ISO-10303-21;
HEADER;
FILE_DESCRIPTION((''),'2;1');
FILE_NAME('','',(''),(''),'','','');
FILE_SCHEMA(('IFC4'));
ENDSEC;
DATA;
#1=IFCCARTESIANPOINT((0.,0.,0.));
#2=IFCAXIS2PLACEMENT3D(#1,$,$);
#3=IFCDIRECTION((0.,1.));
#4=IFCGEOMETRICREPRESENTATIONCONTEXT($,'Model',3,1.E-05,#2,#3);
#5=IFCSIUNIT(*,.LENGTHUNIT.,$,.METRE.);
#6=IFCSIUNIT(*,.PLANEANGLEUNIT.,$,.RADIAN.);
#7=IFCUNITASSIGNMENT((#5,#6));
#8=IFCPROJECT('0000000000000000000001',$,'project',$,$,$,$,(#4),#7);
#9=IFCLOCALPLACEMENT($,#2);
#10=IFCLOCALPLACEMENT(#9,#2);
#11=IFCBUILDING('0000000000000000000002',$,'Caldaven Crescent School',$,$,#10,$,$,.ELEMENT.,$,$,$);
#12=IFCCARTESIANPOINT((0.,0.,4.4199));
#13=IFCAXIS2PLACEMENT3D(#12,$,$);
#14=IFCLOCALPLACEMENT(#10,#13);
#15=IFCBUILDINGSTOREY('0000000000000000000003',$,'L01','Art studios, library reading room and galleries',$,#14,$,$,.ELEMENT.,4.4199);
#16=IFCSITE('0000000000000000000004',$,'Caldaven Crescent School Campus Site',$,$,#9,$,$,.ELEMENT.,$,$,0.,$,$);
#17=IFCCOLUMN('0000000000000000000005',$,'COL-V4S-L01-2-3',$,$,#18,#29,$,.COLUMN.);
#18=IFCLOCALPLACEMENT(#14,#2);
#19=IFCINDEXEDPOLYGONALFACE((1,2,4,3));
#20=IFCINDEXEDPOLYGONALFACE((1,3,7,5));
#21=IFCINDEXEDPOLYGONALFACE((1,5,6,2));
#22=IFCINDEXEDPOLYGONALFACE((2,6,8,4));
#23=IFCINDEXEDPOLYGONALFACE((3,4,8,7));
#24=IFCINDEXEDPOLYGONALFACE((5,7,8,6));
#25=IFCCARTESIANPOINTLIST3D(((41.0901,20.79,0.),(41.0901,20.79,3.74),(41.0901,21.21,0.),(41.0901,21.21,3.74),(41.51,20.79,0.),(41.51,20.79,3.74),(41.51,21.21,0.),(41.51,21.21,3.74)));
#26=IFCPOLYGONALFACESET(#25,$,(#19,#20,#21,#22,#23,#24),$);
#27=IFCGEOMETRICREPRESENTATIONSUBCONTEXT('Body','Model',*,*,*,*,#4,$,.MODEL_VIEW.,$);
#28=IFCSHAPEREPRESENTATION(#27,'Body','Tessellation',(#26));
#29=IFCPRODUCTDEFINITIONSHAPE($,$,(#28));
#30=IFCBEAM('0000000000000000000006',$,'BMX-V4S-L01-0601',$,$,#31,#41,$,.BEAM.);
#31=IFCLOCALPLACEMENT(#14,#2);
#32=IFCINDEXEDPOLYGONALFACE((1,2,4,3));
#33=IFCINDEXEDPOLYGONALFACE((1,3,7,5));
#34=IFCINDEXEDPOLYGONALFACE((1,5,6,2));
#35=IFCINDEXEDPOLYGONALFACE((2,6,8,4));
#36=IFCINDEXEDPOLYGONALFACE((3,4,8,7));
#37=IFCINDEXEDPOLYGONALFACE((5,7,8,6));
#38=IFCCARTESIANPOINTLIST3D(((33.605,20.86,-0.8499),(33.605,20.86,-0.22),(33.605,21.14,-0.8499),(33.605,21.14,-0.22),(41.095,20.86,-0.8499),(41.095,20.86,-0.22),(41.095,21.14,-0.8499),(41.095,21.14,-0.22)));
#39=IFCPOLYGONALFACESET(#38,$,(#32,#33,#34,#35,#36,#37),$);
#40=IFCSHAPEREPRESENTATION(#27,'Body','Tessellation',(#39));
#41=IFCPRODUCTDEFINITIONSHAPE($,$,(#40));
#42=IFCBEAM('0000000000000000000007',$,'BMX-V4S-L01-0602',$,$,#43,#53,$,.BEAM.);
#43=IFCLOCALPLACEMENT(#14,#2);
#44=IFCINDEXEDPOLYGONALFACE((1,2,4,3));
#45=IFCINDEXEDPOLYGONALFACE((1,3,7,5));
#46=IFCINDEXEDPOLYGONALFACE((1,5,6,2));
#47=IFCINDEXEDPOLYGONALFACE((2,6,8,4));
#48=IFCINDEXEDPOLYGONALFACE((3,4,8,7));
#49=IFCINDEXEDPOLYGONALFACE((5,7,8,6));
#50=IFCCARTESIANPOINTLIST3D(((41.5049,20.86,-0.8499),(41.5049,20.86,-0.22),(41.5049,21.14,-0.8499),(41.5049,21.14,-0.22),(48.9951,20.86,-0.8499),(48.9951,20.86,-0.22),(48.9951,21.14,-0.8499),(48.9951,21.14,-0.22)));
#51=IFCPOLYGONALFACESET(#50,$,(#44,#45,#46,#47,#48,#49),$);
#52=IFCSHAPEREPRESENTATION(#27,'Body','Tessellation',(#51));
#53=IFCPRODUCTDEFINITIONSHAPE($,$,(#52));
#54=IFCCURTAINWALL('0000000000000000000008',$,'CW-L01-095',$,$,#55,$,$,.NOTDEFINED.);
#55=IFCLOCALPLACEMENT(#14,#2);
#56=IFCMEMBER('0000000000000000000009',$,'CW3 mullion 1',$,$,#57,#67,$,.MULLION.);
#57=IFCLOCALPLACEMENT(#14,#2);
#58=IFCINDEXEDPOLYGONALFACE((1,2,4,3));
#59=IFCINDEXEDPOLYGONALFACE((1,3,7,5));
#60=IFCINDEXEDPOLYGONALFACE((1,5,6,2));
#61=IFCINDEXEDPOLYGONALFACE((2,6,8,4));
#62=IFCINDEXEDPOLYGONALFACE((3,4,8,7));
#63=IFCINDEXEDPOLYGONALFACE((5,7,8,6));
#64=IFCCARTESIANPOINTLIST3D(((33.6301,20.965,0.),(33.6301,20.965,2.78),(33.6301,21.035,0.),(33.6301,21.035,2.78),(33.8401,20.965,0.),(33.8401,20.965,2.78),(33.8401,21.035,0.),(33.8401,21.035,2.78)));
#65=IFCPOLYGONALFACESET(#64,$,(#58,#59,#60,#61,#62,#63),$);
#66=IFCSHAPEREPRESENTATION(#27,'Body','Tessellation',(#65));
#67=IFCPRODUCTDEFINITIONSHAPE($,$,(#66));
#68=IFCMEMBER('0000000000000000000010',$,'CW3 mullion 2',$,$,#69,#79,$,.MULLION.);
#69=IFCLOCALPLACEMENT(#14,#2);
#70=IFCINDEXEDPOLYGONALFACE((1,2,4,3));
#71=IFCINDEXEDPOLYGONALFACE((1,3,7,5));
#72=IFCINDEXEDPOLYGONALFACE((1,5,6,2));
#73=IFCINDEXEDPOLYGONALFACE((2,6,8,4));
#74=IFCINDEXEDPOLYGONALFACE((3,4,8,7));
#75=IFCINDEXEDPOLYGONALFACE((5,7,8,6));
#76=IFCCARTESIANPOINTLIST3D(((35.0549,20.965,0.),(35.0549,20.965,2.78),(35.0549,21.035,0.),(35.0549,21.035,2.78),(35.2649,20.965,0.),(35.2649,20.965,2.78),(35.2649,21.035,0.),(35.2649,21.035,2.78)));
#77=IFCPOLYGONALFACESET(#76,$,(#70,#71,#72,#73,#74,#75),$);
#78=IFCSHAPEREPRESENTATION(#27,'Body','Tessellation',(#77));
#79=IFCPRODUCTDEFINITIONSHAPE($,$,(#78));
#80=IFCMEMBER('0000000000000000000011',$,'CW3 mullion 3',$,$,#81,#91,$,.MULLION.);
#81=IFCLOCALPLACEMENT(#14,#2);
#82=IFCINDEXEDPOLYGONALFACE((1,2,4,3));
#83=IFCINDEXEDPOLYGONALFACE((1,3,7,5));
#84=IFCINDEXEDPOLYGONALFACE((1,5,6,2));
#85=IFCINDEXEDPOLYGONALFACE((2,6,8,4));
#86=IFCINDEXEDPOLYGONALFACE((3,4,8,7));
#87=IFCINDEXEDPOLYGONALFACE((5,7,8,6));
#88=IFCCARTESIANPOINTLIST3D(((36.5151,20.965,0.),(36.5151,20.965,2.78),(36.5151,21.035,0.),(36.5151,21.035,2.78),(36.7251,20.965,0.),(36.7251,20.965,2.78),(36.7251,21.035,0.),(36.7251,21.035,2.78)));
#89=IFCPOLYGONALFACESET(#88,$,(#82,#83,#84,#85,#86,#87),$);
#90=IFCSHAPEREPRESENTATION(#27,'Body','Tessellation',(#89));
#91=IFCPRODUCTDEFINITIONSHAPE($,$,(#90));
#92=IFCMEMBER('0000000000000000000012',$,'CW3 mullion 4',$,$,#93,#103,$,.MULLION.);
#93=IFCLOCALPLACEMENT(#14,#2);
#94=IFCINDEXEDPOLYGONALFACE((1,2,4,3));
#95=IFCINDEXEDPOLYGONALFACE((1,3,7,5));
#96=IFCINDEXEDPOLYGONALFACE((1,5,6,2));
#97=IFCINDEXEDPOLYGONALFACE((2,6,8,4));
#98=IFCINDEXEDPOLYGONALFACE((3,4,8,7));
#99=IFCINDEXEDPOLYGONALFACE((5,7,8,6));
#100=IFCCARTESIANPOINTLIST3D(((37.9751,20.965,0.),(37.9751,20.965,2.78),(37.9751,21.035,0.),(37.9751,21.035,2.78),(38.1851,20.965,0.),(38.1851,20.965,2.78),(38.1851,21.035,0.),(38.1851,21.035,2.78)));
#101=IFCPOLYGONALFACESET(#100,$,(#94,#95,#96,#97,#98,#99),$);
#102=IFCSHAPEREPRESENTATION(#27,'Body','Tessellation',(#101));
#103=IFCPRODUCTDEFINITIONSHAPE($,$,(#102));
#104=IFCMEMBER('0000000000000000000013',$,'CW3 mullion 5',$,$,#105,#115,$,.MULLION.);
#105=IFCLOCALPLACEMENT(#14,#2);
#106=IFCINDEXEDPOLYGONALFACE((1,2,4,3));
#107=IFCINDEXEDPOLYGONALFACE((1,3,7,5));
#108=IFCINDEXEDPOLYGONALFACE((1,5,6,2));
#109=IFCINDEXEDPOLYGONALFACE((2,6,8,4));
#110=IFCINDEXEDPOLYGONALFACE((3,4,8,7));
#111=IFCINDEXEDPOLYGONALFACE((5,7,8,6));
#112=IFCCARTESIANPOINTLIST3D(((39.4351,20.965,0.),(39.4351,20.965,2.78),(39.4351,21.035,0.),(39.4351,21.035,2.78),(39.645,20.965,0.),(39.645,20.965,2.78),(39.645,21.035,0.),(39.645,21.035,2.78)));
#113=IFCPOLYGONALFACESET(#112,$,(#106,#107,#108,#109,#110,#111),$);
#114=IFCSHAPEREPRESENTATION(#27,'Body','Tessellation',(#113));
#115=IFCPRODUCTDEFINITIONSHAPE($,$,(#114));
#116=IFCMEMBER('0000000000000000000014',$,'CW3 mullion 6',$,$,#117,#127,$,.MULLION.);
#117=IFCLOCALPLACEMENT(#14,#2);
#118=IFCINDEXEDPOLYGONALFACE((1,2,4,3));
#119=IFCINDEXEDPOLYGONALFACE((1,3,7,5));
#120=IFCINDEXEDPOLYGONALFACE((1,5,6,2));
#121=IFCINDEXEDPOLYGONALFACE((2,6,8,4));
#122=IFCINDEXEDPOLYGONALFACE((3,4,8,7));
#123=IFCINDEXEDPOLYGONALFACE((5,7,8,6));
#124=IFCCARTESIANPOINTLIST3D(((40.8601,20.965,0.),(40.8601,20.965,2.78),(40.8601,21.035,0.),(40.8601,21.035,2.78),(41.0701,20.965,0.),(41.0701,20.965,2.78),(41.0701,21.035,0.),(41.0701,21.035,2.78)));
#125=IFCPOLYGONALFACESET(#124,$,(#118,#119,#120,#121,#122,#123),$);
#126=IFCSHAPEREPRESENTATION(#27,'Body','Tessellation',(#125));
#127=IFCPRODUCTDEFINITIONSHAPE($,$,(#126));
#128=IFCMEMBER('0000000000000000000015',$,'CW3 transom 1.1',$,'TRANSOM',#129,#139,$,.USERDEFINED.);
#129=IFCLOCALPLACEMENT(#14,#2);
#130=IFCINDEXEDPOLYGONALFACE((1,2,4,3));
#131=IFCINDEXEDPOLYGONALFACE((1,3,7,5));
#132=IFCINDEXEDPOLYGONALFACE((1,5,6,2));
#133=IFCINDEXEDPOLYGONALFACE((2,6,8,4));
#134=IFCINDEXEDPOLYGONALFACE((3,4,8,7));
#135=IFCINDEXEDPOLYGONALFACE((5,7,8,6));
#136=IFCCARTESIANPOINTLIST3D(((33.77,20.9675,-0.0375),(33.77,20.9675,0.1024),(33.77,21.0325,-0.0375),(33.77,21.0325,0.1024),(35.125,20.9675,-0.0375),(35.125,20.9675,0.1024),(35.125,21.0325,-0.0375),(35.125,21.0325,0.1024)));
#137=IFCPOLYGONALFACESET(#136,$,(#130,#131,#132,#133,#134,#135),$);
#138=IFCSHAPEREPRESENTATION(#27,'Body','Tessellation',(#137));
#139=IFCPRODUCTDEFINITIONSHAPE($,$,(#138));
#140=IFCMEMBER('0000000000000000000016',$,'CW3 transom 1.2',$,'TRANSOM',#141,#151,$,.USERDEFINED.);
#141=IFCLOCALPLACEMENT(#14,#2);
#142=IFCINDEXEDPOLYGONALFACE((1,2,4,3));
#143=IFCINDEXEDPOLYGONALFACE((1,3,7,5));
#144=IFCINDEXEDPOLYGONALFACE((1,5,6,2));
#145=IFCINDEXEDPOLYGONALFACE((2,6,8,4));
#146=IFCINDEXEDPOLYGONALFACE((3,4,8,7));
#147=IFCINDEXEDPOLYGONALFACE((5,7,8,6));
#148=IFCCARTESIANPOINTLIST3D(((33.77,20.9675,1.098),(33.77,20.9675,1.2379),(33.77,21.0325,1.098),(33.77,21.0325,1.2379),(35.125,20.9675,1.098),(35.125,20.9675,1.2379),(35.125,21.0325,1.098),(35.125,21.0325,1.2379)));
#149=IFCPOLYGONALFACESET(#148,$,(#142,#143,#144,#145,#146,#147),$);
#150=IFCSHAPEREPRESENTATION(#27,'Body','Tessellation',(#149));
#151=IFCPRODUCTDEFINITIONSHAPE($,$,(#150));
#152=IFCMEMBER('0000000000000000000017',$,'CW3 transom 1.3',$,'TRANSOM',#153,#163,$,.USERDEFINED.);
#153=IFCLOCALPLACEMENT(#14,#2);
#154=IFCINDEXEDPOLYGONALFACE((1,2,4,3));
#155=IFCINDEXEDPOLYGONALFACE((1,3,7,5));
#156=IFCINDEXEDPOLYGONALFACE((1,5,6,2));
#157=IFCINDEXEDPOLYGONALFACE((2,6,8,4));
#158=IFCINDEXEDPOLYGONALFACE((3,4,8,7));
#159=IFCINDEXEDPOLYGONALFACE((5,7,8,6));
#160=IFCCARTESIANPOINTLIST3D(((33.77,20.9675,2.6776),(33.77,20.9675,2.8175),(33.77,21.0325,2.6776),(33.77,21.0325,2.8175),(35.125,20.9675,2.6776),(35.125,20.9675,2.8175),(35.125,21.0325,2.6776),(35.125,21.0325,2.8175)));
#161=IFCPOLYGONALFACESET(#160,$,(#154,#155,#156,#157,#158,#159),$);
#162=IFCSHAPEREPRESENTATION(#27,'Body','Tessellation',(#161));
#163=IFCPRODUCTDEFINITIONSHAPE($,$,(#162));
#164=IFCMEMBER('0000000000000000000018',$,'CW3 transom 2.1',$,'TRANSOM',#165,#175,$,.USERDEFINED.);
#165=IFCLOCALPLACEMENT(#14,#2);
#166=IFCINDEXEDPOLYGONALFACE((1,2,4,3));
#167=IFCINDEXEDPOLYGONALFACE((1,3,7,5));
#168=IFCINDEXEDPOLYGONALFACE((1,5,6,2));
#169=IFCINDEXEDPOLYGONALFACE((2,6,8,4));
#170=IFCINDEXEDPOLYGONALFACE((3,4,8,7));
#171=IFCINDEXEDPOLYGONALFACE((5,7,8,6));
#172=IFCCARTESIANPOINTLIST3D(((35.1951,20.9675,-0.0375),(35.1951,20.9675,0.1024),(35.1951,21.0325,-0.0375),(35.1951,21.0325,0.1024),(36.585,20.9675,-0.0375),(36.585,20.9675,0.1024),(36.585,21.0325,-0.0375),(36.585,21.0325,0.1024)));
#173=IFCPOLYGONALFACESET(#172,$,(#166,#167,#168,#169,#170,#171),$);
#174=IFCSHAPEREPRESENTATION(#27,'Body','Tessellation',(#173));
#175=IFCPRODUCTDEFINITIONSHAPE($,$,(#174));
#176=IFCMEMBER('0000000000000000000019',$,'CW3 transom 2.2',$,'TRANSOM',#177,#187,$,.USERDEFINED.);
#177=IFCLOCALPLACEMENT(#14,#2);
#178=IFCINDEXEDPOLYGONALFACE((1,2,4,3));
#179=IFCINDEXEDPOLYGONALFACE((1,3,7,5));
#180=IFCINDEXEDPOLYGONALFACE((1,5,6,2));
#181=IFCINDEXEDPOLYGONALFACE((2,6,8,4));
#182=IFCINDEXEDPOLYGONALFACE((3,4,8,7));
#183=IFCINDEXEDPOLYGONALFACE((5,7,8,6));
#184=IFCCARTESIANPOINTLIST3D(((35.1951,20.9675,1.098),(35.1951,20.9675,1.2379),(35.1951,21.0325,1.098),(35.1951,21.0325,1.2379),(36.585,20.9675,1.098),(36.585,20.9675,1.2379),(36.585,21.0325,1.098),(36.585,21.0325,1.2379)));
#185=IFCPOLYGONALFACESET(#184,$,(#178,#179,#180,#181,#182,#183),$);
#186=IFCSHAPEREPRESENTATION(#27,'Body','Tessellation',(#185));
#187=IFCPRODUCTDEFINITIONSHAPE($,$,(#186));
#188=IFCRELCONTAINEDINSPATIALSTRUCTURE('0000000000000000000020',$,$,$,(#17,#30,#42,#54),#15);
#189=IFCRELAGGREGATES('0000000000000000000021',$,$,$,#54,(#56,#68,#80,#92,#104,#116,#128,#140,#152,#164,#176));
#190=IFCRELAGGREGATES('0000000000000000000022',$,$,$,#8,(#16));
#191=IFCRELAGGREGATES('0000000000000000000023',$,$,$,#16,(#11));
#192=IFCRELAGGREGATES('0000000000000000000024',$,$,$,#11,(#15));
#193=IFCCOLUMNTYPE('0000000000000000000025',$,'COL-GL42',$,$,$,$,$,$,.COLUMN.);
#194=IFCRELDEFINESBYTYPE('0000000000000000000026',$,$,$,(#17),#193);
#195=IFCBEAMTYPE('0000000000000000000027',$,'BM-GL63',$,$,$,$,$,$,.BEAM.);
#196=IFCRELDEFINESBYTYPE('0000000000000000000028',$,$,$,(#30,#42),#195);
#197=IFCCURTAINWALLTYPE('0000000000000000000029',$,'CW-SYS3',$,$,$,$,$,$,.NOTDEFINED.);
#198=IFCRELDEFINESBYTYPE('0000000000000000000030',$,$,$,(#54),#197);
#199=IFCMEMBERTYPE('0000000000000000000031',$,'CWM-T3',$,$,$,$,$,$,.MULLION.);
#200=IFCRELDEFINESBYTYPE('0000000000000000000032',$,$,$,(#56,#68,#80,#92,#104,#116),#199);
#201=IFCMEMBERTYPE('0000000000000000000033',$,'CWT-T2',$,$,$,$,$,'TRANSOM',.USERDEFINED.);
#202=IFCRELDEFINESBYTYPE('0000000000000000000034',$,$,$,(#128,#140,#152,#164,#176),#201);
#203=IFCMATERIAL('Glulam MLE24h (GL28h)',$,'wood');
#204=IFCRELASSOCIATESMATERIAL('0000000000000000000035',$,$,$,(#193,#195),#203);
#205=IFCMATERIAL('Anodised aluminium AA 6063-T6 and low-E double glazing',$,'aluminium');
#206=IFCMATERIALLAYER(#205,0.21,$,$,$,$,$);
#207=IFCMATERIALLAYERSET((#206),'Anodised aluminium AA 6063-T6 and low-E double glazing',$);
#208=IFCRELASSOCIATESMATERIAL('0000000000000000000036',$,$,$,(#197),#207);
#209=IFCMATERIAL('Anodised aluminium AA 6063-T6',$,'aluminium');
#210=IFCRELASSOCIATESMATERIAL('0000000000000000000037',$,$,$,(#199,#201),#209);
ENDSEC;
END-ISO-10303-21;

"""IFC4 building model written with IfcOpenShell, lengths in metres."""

from ifc_helpers import new_model, si_unit, direction, frame, origin, origin_2d, place, context, subcontext, project, spatial, rectangle, extrude, material, layer, layer_set, material_profile, profile_set, type_object, element, aggregate, save


model = new_model("IFC4")

# Units and contexts
model_context = context("Model", 3, precision=1e-05, world=origin(), true_north=direction((0.0, 1.0)))
body_context = subcontext(model_context, "Body", "Model", "MODEL_VIEW")
ifc_project = project(units=[si_unit("LENGTHUNIT", "METRE"), si_unit("PLANEANGLEUNIT", "RADIAN")], contexts=[model_context])

# Site, building, storey
site_placement = place(None, origin())
site = spatial("IfcSite", under=ifc_project, at=site_placement, Name="Caldaven Crescent School Campus Site", CompositionType="ELEMENT", RefElevation=0.0)
building_placement = place(site_placement, origin())
building = spatial("IfcBuilding", under=site, at=building_placement, Name="Caldaven Crescent School", CompositionType="ELEMENT")
storey_placement = place(building_placement, frame((0.0, 0.0, 4.4199)))
storey = spatial("IfcBuildingStorey", under=building, at=storey_placement, Name="L01", Description="Art studios, library reading room and galleries", CompositionType="ELEMENT", Elevation=4.4199)

# Column
ifc_material_1 = material(Name="Glulam MLE24h (GL28h)", Category="wood")
ifc_material_profile_1 = material_profile(ifc_material_1, rectangle(XDim=0.4199, YDim=0.4199, at=origin_2d()), Name="MLE 420x420")
ifc_profile_set_1 = profile_set([ifc_material_profile_1], Name="Glulam MLE24h (GL28h)")
column_type = type_object("IfcColumnType", Name="COL-GL42", PredefinedType="COLUMN", material=ifc_profile_set_1)
column_placement = place(storey_placement, frame((41.3, 21.0, 0.0), z_axis=(0.0, 0.0, 1.0), x_axis=(1.0, 0.0, 0.0)))
element("IfcColumn", 1, at=column_placement, inside=storey, type_object=column_type, Name="COL-V4S-L01-2-3", PredefinedType="COLUMN", context=body_context, shape_type="SweptSolid", body=[
    extrude(rectangle(XDim=0.4199, YDim=0.4199, at=origin_2d()), origin(), (0.0, 0.0, 1.0), 3.74),
])

# Beams
ifc_material_profile_2 = material_profile(ifc_material_1, rectangle(XDim=0.28, YDim=0.6299, at=origin_2d()), Name="MLE 280x630")
ifc_profile_set_2 = profile_set([ifc_material_profile_2], Name="Glulam MLE24h (GL28h)")
beam_type = type_object("IfcBeamType", Name="BM-GL63", PredefinedType="BEAM", material=ifc_profile_set_2)
beam_1_placement = place(storey_placement, frame((33.605, 21.0, -0.5349), z_axis=(1.0, 0.0, 0.0), x_axis=(0.0, 1.0, 0.0)))
element("IfcBeam", 2, at=beam_1_placement, inside=storey, type_object=beam_type, Name="BMX-V4S-L01-0601", PredefinedType="BEAM", context=body_context, shape_type="SweptSolid", body=[
    extrude(rectangle(XDim=0.28, YDim=0.6299, at=origin_2d()), origin(), (0.0, 0.0, 1.0), 7.49),
])
beam_2_placement = place(storey_placement, frame((41.5049, 21.0, -0.5349), z_axis=(1.0, 0.0, 0.0), x_axis=(0.0, 1.0, 0.0)))
element("IfcBeam", 3, at=beam_2_placement, inside=storey, type_object=beam_type, Name="BMX-V4S-L01-0602", PredefinedType="BEAM", context=body_context, shape_type="SweptSolid", body=[
    extrude(rectangle(XDim=0.28, YDim=0.6299, at=origin_2d()), origin(), (0.0, 0.0, 1.0), 7.4902),
])

# Curtain wall, members
ifc_material_2 = material(Name="Anodised aluminium AA 6063-T6 and low-E double glazing", Category="aluminium")
ifc_layer_1 = layer(ifc_material_2, 0.21)
ifc_layer_set_1 = layer_set([ifc_layer_1], Name="Anodised aluminium AA 6063-T6 and low-E double glazing")
curtain_wall_type = type_object("IfcCurtainWallType", Name="CW-SYS3", PredefinedType="NOTDEFINED", material=ifc_layer_set_1)
curtain_wall_placement = place(storey_placement, origin())
curtain_wall = element("IfcCurtainWall", 4, at=curtain_wall_placement, inside=storey, type_object=curtain_wall_type, Name="CW-L01-095", PredefinedType="NOTDEFINED")
ifc_material_3 = material(Name="Anodised aluminium AA 6063-T6", Category="aluminium")
ifc_material_profile_3 = material_profile(ifc_material_3, rectangle(XDim=0.0701, YDim=0.21, at=origin_2d()), Name="CWM 70x210")
ifc_profile_set_3 = profile_set([ifc_material_profile_3], Name="Anodised aluminium AA 6063-T6")
member_type_1 = type_object("IfcMemberType", Name="CWM-T3", PredefinedType="MULLION", material=ifc_profile_set_3)
member_1_placement = place(storey_placement, frame((33.7351, 21.0, 0.0), z_axis=(0.0, 0.0, 1.0), x_axis=(0.0, 1.0, 0.0)))
member_1 = element("IfcMember", 5, at=member_1_placement, type_object=member_type_1, Name="CW3 mullion 1", PredefinedType="MULLION", context=body_context, shape_type="SweptSolid", body=[
    extrude(rectangle(XDim=0.0701, YDim=0.21, at=origin_2d()), origin(), (0.0, 0.0, 1.0), 2.78),
])
member_2_placement = place(storey_placement, frame((35.1599, 21.0, 0.0), z_axis=(0.0, 0.0, 1.0), x_axis=(0.0, 1.0, 0.0)))
member_2 = element("IfcMember", 6, at=member_2_placement, type_object=member_type_1, Name="CW3 mullion 2", PredefinedType="MULLION", context=body_context, shape_type="SweptSolid", body=[
    extrude(rectangle(XDim=0.0701, YDim=0.21, at=origin_2d()), origin(), (0.0, 0.0, 1.0), 2.78),
])
member_3_placement = place(storey_placement, frame((36.6201, 21.0, 0.0), z_axis=(0.0, 0.0, 1.0), x_axis=(0.0, 1.0, 0.0)))
member_3 = element("IfcMember", 7, at=member_3_placement, type_object=member_type_1, Name="CW3 mullion 3", PredefinedType="MULLION", context=body_context, shape_type="SweptSolid", body=[
    extrude(rectangle(XDim=0.0701, YDim=0.21, at=origin_2d()), origin(), (0.0, 0.0, 1.0), 2.78),
])
member_4_placement = place(storey_placement, frame((38.0801, 21.0, 0.0), z_axis=(0.0, 0.0, 1.0), x_axis=(0.0, 1.0, 0.0)))
member_4 = element("IfcMember", 8, at=member_4_placement, type_object=member_type_1, Name="CW3 mullion 4", PredefinedType="MULLION", context=body_context, shape_type="SweptSolid", body=[
    extrude(rectangle(XDim=0.0701, YDim=0.21, at=origin_2d()), origin(), (0.0, 0.0, 1.0), 2.78),
])
member_5_placement = place(storey_placement, frame((39.54, 21.0, 0.0), z_axis=(0.0, 0.0, 1.0), x_axis=(0.0, 1.0, 0.0)))
member_5 = element("IfcMember", 9, at=member_5_placement, type_object=member_type_1, Name="CW3 mullion 5", PredefinedType="MULLION", context=body_context, shape_type="SweptSolid", body=[
    extrude(rectangle(XDim=0.0701, YDim=0.21, at=origin_2d()), origin(), (0.0, 0.0, 1.0), 2.78),
])
member_6_placement = place(storey_placement, frame((40.9651, 21.0, 0.0), z_axis=(0.0, 0.0, 1.0), x_axis=(0.0, 1.0, 0.0)))
member_6 = element("IfcMember", 10, at=member_6_placement, type_object=member_type_1, Name="CW3 mullion 6", PredefinedType="MULLION", context=body_context, shape_type="SweptSolid", body=[
    extrude(rectangle(XDim=0.0701, YDim=0.21, at=origin_2d()), origin(), (0.0, 0.0, 1.0), 2.78),
])
ifc_material_profile_4 = material_profile(ifc_material_3, rectangle(XDim=0.0649, YDim=0.1399, at=origin_2d()), Name="CWT 65x140")
ifc_profile_set_4 = profile_set([ifc_material_profile_4], Name="Anodised aluminium AA 6063-T6")
member_type_2 = type_object("IfcMemberType", Name="CWT-T2", ElementType="TRANSOM", PredefinedType="USERDEFINED", material=ifc_profile_set_4)
member_7_placement = place(storey_placement, frame((33.77, 21.0, 0.0325), z_axis=(1.0, 0.0, 0.0), x_axis=(0.0, 1.0, 0.0)))
member_7 = element("IfcMember", 11, at=member_7_placement, type_object=member_type_2, Name="CW3 transom 1.1", ObjectType="TRANSOM", PredefinedType="USERDEFINED", context=body_context, shape_type="SweptSolid", body=[
    extrude(rectangle(XDim=0.0649, YDim=0.1399, at=origin_2d()), origin(), (0.0, 0.0, 1.0), 1.355),
])
member_8_placement = place(storey_placement, frame((33.77, 21.0, 1.168), z_axis=(1.0, 0.0, 0.0), x_axis=(0.0, 1.0, 0.0)))
member_8 = element("IfcMember", 12, at=member_8_placement, type_object=member_type_2, Name="CW3 transom 1.2", ObjectType="TRANSOM", PredefinedType="USERDEFINED", context=body_context, shape_type="SweptSolid", body=[
    extrude(rectangle(XDim=0.0649, YDim=0.1399, at=origin_2d()), origin(), (0.0, 0.0, 1.0), 1.355),
])
member_9_placement = place(storey_placement, frame((33.77, 21.0, 2.7476), z_axis=(1.0, 0.0, 0.0), x_axis=(0.0, 1.0, 0.0)))
member_9 = element("IfcMember", 13, at=member_9_placement, type_object=member_type_2, Name="CW3 transom 1.3", ObjectType="TRANSOM", PredefinedType="USERDEFINED", context=body_context, shape_type="SweptSolid", body=[
    extrude(rectangle(XDim=0.0649, YDim=0.1399, at=origin_2d()), origin(), (0.0, 0.0, 1.0), 1.355),
])
member_10_placement = place(storey_placement, frame((35.1951, 21.0, 0.0325), z_axis=(1.0, 0.0, 0.0), x_axis=(0.0, 1.0, 0.0)))
member_10 = element("IfcMember", 14, at=member_10_placement, type_object=member_type_2, Name="CW3 transom 2.1", ObjectType="TRANSOM", PredefinedType="USERDEFINED", context=body_context, shape_type="SweptSolid", body=[
    extrude(rectangle(XDim=0.0649, YDim=0.1399, at=origin_2d()), origin(), (0.0, 0.0, 1.0), 1.3899),
])
member_11_placement = place(storey_placement, frame((35.1951, 21.0, 1.168), z_axis=(1.0, 0.0, 0.0), x_axis=(0.0, 1.0, 0.0)))
member_11 = element("IfcMember", 15, at=member_11_placement, type_object=member_type_2, Name="CW3 transom 2.2", ObjectType="TRANSOM", PredefinedType="USERDEFINED", context=body_context, shape_type="SweptSolid", body=[
    extrude(rectangle(XDim=0.0649, YDim=0.1399, at=origin_2d()), origin(), (0.0, 0.0, 1.0), 1.3899),
])
aggregate(curtain_wall, [member_1, member_2, member_3, member_4, member_5, member_6, member_7, member_8, member_9, member_10, member_11])

save(model, "model.ifc")
